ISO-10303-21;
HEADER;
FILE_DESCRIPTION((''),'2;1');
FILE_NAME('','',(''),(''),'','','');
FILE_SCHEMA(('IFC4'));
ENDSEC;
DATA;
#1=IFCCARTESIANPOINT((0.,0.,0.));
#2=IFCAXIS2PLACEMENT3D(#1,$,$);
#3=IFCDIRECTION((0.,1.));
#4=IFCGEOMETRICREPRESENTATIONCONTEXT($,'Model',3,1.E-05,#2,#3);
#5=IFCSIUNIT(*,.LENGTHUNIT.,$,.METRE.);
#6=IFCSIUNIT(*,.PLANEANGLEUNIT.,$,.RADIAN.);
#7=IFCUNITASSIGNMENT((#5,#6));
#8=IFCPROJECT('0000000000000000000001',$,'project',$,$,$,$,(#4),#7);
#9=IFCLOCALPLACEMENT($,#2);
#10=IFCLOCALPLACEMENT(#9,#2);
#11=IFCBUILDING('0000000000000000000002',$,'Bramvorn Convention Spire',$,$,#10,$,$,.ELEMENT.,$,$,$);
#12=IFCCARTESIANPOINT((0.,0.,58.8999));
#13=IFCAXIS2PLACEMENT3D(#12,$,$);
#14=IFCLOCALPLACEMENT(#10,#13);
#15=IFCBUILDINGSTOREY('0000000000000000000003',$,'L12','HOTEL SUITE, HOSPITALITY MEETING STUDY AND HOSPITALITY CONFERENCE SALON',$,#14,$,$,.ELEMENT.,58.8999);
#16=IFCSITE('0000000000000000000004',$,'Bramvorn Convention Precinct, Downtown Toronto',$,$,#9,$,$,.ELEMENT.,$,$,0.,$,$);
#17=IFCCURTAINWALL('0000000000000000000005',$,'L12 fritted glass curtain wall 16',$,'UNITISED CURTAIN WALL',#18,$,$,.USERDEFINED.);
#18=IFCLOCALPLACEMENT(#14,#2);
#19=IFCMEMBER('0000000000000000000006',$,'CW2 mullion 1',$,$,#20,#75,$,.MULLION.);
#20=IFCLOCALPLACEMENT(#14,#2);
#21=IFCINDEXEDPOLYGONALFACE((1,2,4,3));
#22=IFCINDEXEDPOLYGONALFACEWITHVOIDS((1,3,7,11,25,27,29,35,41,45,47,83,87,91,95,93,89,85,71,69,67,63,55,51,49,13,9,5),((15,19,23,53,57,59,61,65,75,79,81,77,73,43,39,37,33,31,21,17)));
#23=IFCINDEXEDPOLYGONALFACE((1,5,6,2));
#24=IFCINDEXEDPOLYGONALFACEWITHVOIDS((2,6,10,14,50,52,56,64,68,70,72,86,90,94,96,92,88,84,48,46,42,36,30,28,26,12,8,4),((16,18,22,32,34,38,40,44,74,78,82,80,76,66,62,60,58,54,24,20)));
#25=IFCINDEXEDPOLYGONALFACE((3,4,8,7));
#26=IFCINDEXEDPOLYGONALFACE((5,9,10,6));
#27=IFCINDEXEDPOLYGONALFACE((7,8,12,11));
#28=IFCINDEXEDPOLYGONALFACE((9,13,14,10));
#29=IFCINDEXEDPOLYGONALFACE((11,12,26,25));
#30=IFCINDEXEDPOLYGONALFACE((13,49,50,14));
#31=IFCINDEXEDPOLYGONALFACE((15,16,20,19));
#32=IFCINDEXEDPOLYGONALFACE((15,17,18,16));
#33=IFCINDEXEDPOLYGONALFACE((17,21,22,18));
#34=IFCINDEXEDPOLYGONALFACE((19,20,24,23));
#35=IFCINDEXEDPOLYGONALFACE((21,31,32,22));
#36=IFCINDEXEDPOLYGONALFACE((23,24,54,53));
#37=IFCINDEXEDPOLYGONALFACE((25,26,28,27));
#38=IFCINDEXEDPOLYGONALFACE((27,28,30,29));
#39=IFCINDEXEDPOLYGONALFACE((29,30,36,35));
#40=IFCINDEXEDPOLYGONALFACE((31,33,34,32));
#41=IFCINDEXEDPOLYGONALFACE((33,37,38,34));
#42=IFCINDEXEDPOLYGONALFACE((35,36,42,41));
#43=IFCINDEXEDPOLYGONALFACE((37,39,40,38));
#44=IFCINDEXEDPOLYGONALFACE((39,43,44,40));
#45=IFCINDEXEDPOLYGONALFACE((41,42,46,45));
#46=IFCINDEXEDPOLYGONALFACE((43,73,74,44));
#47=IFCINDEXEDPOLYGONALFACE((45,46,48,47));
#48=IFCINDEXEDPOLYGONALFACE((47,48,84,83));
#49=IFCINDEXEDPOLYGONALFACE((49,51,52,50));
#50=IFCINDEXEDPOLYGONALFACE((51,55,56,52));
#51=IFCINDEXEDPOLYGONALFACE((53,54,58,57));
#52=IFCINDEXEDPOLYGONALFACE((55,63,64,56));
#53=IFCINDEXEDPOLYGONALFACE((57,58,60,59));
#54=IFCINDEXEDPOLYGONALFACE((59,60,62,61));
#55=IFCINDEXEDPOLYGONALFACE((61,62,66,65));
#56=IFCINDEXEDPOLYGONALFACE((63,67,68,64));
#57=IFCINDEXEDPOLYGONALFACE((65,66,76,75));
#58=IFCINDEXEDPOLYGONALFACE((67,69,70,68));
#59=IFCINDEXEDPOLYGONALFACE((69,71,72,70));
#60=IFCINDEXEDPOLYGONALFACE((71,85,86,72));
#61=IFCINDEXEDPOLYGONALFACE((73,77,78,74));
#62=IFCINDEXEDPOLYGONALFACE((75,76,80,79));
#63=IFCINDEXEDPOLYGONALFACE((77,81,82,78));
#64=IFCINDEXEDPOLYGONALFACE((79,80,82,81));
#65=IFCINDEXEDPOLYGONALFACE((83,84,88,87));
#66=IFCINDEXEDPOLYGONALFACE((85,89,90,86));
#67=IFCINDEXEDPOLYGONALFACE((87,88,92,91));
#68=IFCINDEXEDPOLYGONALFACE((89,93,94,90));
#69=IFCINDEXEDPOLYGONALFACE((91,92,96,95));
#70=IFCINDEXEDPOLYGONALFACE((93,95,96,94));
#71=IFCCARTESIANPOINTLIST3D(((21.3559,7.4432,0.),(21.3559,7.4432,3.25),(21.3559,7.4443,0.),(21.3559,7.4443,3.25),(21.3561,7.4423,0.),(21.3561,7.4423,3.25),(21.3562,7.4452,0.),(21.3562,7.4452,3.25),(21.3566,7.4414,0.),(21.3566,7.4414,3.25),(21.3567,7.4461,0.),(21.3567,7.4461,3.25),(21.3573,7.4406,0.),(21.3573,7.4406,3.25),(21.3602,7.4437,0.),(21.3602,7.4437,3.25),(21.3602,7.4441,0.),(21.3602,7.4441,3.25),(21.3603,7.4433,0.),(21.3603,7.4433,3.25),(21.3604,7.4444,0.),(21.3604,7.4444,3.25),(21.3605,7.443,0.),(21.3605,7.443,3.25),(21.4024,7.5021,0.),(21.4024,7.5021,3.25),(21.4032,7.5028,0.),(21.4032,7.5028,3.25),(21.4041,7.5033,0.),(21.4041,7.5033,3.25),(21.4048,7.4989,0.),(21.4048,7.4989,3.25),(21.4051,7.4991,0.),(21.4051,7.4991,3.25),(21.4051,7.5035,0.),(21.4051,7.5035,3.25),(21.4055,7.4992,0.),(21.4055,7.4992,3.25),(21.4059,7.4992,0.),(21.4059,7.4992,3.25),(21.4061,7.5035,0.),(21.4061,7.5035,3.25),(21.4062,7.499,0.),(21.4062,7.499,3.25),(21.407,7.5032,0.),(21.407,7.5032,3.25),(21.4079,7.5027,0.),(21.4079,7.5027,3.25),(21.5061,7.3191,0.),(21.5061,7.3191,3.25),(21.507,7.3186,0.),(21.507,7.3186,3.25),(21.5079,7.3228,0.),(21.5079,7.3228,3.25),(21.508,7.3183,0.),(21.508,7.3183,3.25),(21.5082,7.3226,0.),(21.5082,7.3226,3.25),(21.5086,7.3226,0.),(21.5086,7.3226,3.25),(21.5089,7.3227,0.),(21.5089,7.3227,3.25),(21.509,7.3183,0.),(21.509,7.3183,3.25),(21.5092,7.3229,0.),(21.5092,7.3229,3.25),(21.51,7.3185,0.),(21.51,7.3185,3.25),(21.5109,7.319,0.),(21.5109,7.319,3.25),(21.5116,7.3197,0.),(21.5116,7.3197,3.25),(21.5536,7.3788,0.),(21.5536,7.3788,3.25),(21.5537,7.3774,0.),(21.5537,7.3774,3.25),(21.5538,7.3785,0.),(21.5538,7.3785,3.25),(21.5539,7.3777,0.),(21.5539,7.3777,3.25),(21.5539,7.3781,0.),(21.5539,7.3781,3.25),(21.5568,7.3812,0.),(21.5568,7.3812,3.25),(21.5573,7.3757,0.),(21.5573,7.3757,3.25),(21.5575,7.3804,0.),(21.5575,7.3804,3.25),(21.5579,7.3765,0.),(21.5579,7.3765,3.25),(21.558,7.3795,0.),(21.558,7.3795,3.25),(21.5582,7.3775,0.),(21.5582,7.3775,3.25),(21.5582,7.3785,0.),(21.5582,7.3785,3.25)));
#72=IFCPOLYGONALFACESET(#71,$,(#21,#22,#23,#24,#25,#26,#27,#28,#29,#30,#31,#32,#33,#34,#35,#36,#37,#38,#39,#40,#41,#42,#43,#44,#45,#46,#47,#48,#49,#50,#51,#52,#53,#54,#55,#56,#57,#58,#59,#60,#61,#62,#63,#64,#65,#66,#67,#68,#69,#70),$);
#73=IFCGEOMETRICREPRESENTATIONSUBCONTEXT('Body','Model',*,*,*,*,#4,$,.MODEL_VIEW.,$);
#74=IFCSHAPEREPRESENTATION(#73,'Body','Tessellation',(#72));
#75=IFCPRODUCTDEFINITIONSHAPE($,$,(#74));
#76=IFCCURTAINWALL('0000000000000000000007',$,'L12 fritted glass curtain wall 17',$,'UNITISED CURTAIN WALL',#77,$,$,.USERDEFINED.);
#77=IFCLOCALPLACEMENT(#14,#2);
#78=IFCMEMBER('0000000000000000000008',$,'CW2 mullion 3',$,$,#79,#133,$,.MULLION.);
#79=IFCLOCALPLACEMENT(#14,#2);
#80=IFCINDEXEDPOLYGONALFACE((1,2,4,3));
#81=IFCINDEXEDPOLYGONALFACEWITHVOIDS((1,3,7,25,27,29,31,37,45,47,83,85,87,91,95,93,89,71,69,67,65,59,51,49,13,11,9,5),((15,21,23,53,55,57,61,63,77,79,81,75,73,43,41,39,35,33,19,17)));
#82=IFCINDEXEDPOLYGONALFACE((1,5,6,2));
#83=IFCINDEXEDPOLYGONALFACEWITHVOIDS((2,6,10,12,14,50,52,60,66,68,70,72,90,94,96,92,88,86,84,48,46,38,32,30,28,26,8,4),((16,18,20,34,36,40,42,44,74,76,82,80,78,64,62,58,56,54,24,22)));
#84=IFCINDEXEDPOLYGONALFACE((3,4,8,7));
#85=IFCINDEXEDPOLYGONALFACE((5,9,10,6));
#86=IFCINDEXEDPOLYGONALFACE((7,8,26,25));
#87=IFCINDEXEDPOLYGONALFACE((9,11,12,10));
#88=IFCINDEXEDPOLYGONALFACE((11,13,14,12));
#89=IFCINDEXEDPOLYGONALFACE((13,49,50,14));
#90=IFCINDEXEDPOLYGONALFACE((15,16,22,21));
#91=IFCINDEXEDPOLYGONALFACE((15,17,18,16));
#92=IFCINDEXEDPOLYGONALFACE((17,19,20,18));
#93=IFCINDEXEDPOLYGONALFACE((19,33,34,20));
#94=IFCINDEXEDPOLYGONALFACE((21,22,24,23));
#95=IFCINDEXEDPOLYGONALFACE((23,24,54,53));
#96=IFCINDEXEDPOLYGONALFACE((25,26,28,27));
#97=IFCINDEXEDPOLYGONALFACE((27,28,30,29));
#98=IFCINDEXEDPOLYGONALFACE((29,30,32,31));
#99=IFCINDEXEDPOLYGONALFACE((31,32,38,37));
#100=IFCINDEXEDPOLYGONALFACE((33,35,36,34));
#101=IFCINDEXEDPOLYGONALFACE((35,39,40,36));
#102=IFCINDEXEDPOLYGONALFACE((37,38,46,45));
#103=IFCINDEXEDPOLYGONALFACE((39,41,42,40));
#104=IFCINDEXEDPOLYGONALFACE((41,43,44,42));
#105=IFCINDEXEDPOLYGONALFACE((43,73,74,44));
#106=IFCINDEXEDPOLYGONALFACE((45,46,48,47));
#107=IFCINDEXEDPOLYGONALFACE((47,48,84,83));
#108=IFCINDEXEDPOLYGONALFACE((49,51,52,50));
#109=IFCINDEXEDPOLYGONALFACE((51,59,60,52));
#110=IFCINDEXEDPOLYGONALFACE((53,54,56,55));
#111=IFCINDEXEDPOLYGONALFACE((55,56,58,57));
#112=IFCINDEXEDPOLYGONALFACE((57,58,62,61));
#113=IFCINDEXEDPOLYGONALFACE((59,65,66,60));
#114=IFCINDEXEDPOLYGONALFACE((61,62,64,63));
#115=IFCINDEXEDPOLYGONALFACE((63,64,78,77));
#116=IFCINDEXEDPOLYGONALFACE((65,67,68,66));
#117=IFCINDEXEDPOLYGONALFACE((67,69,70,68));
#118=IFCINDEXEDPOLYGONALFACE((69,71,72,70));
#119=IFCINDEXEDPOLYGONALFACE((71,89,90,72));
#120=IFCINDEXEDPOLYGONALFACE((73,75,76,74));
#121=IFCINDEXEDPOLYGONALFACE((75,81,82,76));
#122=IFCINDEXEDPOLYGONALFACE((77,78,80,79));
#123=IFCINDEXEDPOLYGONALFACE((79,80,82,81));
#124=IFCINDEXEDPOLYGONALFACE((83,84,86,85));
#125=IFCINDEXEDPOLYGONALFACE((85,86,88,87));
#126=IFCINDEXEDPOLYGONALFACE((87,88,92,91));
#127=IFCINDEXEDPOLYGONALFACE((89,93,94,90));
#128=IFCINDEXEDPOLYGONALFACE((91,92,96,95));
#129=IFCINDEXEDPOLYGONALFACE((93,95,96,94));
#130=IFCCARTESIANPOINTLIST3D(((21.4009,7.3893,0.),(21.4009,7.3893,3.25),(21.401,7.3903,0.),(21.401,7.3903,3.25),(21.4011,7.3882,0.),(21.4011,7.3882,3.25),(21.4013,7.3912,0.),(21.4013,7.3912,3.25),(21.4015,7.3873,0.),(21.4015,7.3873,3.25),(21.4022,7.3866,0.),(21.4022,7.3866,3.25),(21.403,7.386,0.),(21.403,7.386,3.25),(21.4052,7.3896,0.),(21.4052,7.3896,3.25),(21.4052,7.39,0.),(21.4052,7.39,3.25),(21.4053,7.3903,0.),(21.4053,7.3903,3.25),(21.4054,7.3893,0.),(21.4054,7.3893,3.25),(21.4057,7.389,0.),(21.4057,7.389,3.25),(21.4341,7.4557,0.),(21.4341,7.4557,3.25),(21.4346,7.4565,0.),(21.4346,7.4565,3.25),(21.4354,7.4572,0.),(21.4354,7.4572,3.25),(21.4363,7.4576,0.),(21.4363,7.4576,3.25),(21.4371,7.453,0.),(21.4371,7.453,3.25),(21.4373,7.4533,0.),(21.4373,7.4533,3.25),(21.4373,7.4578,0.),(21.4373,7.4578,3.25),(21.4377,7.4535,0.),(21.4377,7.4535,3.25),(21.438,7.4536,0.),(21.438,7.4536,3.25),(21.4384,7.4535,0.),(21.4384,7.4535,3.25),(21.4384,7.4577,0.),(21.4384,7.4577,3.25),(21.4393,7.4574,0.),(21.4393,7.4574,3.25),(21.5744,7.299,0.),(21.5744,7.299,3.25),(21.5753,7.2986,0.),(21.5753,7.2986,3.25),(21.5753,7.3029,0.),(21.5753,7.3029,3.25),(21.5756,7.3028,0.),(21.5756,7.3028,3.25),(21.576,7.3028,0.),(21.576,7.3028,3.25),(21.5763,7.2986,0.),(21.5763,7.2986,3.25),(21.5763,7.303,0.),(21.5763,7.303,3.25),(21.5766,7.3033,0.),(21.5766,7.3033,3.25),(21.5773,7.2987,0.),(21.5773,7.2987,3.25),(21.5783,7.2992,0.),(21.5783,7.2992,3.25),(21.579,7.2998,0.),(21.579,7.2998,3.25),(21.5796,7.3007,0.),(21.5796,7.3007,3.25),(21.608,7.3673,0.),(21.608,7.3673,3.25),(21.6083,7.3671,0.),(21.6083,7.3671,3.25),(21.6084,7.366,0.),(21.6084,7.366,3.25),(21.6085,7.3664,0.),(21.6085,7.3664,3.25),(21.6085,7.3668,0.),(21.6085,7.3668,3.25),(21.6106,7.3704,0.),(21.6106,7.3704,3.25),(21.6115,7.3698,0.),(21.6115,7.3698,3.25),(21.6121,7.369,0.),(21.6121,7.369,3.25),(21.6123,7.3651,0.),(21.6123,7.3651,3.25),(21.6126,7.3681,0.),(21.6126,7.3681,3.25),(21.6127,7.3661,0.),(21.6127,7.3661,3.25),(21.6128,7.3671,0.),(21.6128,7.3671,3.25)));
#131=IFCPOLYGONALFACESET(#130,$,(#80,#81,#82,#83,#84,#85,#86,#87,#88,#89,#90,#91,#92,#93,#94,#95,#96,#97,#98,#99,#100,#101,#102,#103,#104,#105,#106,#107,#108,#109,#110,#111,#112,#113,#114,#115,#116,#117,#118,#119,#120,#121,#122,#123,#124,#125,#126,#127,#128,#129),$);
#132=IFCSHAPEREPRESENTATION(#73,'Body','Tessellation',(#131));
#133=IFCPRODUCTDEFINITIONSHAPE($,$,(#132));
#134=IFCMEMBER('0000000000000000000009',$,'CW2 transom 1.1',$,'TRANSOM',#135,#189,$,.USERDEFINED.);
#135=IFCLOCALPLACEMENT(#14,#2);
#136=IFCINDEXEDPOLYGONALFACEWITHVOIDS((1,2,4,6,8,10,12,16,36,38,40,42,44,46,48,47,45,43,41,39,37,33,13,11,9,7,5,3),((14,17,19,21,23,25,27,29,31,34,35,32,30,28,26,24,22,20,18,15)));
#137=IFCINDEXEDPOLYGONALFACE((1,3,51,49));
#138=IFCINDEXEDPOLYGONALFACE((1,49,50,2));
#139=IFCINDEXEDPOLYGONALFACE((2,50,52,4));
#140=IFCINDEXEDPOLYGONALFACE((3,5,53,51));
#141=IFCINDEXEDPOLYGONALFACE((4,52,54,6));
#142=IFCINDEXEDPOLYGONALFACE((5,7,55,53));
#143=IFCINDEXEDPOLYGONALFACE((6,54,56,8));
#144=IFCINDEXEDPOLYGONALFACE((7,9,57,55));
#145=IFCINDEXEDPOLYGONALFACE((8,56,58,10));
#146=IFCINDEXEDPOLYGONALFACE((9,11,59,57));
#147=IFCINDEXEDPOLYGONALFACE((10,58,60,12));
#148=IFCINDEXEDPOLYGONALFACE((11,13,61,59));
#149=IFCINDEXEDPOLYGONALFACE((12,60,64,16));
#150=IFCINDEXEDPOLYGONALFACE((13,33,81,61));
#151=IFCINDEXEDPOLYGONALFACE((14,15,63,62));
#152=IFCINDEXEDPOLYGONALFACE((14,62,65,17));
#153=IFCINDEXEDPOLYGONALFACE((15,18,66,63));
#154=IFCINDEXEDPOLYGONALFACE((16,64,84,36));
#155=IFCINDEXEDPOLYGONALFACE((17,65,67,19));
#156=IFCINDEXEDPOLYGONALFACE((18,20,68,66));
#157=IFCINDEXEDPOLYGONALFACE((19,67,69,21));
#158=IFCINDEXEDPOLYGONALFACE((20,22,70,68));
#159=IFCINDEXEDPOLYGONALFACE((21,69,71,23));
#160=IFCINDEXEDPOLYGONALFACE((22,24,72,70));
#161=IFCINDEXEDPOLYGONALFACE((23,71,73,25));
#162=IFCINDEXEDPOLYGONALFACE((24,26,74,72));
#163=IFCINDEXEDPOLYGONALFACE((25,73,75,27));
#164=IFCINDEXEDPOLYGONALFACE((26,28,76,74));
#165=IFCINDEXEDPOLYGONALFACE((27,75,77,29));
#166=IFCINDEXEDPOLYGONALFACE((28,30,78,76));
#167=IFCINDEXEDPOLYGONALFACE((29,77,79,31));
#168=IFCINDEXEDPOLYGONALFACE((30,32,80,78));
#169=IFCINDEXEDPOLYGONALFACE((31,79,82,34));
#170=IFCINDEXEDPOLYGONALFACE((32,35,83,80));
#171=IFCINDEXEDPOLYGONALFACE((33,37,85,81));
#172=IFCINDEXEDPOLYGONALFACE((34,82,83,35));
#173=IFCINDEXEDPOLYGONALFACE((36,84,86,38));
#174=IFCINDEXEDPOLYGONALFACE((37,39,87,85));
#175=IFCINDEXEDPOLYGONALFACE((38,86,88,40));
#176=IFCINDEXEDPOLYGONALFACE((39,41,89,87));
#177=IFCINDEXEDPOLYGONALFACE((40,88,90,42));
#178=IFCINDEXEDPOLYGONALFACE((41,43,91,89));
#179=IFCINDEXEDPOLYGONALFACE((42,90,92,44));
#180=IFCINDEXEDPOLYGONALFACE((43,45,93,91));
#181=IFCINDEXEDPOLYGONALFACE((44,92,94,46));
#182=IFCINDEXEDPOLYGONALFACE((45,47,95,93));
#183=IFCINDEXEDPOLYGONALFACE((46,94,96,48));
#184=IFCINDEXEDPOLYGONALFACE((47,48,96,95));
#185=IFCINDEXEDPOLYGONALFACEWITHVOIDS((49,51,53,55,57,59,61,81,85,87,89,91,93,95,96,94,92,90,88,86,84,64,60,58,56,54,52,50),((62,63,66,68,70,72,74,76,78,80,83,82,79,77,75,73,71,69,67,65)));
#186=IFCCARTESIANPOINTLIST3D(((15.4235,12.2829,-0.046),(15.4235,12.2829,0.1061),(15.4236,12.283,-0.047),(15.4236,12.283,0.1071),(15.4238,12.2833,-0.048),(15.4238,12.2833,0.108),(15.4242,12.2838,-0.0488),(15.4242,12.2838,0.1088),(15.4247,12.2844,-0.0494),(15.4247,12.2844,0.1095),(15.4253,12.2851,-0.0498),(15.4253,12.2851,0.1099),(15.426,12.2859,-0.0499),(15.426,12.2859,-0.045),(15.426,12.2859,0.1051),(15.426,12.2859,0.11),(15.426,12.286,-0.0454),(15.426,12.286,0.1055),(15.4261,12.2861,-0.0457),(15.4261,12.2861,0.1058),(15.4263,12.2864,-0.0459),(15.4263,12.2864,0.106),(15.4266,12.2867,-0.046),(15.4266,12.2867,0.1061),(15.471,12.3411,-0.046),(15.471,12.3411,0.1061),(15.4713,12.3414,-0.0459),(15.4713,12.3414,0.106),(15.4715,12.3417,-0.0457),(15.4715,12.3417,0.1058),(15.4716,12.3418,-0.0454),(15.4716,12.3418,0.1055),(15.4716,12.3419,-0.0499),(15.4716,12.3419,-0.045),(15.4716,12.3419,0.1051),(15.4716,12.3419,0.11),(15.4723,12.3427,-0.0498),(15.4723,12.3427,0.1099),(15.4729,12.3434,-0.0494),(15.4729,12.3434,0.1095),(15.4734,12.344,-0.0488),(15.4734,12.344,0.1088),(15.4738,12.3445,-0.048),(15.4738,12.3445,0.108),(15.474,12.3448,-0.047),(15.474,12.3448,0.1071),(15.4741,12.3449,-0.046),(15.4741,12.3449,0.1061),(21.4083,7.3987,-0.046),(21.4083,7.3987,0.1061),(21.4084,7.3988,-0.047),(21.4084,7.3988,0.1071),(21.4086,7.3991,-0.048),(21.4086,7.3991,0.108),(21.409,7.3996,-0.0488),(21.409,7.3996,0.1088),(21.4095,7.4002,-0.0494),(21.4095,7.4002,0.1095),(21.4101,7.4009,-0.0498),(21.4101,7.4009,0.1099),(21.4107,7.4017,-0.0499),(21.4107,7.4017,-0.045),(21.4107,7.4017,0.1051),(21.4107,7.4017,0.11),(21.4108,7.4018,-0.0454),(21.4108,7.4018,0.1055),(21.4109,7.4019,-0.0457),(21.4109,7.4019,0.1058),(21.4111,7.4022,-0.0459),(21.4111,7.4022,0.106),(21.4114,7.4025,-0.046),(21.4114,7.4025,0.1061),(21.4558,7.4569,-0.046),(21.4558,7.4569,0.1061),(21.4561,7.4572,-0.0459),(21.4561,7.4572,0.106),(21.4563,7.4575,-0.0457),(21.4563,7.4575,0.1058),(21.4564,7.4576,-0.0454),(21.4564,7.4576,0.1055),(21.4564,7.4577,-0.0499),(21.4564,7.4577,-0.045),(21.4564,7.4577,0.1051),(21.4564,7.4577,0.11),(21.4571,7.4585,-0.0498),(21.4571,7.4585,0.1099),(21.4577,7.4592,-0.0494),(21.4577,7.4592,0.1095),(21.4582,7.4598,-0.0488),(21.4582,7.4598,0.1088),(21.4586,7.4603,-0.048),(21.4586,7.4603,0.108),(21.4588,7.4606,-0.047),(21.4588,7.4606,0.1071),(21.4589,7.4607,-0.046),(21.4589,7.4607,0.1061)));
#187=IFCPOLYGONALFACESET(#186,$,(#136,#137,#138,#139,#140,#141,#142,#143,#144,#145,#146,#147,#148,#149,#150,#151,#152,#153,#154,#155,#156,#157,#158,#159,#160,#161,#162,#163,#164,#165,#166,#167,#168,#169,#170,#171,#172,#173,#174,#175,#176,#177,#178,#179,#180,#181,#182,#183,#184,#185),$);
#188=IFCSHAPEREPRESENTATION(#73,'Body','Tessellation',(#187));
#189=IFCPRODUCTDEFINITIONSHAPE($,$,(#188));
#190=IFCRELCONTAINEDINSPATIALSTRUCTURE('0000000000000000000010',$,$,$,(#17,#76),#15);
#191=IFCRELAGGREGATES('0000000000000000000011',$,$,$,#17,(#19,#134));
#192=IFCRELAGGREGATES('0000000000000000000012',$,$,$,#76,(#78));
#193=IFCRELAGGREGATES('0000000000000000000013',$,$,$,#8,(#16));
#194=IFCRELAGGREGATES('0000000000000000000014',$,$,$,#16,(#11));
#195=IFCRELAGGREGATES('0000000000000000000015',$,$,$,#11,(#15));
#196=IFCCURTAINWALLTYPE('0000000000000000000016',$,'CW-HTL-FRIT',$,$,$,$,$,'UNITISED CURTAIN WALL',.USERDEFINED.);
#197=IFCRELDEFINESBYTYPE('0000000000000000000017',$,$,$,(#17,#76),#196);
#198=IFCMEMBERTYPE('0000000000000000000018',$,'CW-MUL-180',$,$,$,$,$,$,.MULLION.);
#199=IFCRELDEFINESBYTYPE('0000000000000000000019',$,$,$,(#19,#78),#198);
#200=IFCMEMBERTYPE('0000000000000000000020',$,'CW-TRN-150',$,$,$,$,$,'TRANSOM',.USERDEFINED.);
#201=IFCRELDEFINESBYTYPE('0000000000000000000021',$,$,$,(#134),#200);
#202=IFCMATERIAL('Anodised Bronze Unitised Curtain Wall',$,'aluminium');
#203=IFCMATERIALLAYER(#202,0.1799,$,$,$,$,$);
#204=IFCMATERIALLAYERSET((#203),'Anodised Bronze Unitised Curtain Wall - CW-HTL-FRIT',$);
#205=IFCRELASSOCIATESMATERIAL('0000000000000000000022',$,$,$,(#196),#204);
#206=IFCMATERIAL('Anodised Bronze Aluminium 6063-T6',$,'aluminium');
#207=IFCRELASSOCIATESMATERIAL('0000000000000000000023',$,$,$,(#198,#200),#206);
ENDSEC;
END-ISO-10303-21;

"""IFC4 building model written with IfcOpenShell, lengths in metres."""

from ifc_helpers import new_model, si_unit, direction, frame, origin, origin_2d, place, context, subcontext, project, spatial, hollow_rectangle, extrude, material, layer, layer_set, material_profile, profile_set, type_object, element, aggregate, save


model = new_model("IFC4")

# Units and contexts
model_context = context("Model", 3, precision=1e-05, world=origin(), true_north=direction((0.0, 1.0)))
body_context = subcontext(model_context, "Body", "Model", "MODEL_VIEW")
ifc_project = project(units=[si_unit("LENGTHUNIT", "METRE"), si_unit("PLANEANGLEUNIT", "RADIAN")], contexts=[model_context])

# Site, building, storey
site_placement = place(None, origin())
site = spatial("IfcSite", under=ifc_project, at=site_placement, Name="Bramvorn Convention Precinct, Downtown Toronto", CompositionType="ELEMENT", RefElevation=0.0)
building_placement = place(site_placement, origin())
building = spatial("IfcBuilding", under=site, at=building_placement, Name="Bramvorn Convention Spire", CompositionType="ELEMENT")
storey_placement = place(building_placement, frame((0.0, 0.0, 58.8999)))
storey = spatial("IfcBuildingStorey", under=building, at=storey_placement, Name="L12", Description="HOTEL SUITE, HOSPITALITY MEETING STUDY AND HOSPITALITY CONFERENCE SALON", CompositionType="ELEMENT", Elevation=58.8999)

# Curtain walls, members
ifc_material_1 = material(Name="Anodised Bronze Unitised Curtain Wall", Category="aluminium")
ifc_layer_1 = layer(ifc_material_1, 0.1799)
ifc_layer_set_1 = layer_set([ifc_layer_1], Name="Anodised Bronze Unitised Curtain Wall - CW-HTL-FRIT")
curtain_wall_type = type_object("IfcCurtainWallType", Name="CW-HTL-FRIT", ElementType="UNITISED CURTAIN WALL", PredefinedType="USERDEFINED", material=ifc_layer_set_1)
curtain_wall_1_placement = place(storey_placement, origin())
curtain_wall_1 = element("IfcCurtainWall", 1, at=curtain_wall_1_placement, inside=storey, type_object=curtain_wall_type, Name="L12 fritted glass curtain wall 16", ObjectType="UNITISED CURTAIN WALL", PredefinedType="USERDEFINED")
ifc_material_2 = material(Name="Anodised Bronze Aluminium 6063-T6", Category="aluminium")
ifc_material_profile_1 = material_profile(ifc_material_2, hollow_rectangle(XDim=0.0801, YDim=0.2, WallThickness=0.0039, InnerFilletRadius=0.001, OuterFilletRadius=0.0039, at=origin_2d()))
ifc_profile_set_1 = profile_set([ifc_material_profile_1], Name="Anodised Bronze Aluminium 6063-T6 - CWM80X200")
member_type_1 = type_object("IfcMemberType", Name="CW-MUL-180", PredefinedType="MULLION", material=ifc_profile_set_1)
member_1_placement = place(storey_placement, frame((21.457, 7.4109, 0.0), z_axis=(0.0, 0.0, 1.0), x_axis=(-0.632265, -0.774752, 0.0)))
member_1 = element("IfcMember", 2, at=member_1_placement, type_object=member_type_1, Name="CW2 mullion 1", PredefinedType="MULLION", context=body_context, shape_type="SweptSolid", body=[
    extrude(hollow_rectangle(XDim=0.0801, YDim=0.2, WallThickness=0.0039, InnerFilletRadius=0.001, OuterFilletRadius=0.0039, at=origin_2d()), origin(), (0.0, 0.0, 1.0), 3.25),
])
curtain_wall_2_placement = place(storey_placement, origin())
curtain_wall_2 = element("IfcCurtainWall", 3, at=curtain_wall_2_placement, inside=storey, type_object=curtain_wall_type, Name="L12 fritted glass curtain wall 17", ObjectType="UNITISED CURTAIN WALL", PredefinedType="USERDEFINED")
member_2_placement = place(storey_placement, frame((21.5068, 7.3782, 0.0), z_axis=(0.0, 0.0, 1.0), x_axis=(-0.452835, -0.891595, 0.0)))
member_2 = element("IfcMember", 4, at=member_2_placement, type_object=member_type_1, Name="CW2 mullion 3", PredefinedType="MULLION", context=body_context, shape_type="SweptSolid", body=[
    extrude(hollow_rectangle(XDim=0.0801, YDim=0.2, WallThickness=0.0039, InnerFilletRadius=0.001, OuterFilletRadius=0.0039, at=origin_2d()), origin(), (0.0, 0.0, 1.0), 3.25),
])

# Member
ifc_material_profile_2 = material_profile(ifc_material_2, hollow_rectangle(XDim=0.0801, YDim=0.1599, WallThickness=0.0039, InnerFilletRadius=0.001, OuterFilletRadius=0.0039, at=origin_2d()))
ifc_profile_set_2 = profile_set([ifc_material_profile_2], Name="Anodised Bronze Aluminium 6063-T6 - CWT80X160")
member_type_2 = type_object("IfcMemberType", Name="CW-TRN-150", ElementType="TRANSOM", PredefinedType="USERDEFINED", material=ifc_profile_set_2)
member_3_placement = place(storey_placement, frame((21.4336, 7.4297, 0.03), z_axis=(-0.774745, 0.632274, 0.0), x_axis=(-0.632274, -0.774745, 0.0)))
member_3 = element("IfcMember", 5, at=member_3_placement, type_object=member_type_2, Name="CW2 transom 1.1", ObjectType="TRANSOM", PredefinedType="USERDEFINED", context=body_context, shape_type="SweptSolid", body=[
    extrude(hollow_rectangle(XDim=0.0801, YDim=0.1599, WallThickness=0.0039, InnerFilletRadius=0.001, OuterFilletRadius=0.0039, at=origin_2d()), origin(), (0.0, 0.0, 1.0), 7.7249),
])

aggregate(curtain_wall_1, [member_1, member_3])
aggregate(curtain_wall_2, [member_2])

save(model, "model.ifc")
